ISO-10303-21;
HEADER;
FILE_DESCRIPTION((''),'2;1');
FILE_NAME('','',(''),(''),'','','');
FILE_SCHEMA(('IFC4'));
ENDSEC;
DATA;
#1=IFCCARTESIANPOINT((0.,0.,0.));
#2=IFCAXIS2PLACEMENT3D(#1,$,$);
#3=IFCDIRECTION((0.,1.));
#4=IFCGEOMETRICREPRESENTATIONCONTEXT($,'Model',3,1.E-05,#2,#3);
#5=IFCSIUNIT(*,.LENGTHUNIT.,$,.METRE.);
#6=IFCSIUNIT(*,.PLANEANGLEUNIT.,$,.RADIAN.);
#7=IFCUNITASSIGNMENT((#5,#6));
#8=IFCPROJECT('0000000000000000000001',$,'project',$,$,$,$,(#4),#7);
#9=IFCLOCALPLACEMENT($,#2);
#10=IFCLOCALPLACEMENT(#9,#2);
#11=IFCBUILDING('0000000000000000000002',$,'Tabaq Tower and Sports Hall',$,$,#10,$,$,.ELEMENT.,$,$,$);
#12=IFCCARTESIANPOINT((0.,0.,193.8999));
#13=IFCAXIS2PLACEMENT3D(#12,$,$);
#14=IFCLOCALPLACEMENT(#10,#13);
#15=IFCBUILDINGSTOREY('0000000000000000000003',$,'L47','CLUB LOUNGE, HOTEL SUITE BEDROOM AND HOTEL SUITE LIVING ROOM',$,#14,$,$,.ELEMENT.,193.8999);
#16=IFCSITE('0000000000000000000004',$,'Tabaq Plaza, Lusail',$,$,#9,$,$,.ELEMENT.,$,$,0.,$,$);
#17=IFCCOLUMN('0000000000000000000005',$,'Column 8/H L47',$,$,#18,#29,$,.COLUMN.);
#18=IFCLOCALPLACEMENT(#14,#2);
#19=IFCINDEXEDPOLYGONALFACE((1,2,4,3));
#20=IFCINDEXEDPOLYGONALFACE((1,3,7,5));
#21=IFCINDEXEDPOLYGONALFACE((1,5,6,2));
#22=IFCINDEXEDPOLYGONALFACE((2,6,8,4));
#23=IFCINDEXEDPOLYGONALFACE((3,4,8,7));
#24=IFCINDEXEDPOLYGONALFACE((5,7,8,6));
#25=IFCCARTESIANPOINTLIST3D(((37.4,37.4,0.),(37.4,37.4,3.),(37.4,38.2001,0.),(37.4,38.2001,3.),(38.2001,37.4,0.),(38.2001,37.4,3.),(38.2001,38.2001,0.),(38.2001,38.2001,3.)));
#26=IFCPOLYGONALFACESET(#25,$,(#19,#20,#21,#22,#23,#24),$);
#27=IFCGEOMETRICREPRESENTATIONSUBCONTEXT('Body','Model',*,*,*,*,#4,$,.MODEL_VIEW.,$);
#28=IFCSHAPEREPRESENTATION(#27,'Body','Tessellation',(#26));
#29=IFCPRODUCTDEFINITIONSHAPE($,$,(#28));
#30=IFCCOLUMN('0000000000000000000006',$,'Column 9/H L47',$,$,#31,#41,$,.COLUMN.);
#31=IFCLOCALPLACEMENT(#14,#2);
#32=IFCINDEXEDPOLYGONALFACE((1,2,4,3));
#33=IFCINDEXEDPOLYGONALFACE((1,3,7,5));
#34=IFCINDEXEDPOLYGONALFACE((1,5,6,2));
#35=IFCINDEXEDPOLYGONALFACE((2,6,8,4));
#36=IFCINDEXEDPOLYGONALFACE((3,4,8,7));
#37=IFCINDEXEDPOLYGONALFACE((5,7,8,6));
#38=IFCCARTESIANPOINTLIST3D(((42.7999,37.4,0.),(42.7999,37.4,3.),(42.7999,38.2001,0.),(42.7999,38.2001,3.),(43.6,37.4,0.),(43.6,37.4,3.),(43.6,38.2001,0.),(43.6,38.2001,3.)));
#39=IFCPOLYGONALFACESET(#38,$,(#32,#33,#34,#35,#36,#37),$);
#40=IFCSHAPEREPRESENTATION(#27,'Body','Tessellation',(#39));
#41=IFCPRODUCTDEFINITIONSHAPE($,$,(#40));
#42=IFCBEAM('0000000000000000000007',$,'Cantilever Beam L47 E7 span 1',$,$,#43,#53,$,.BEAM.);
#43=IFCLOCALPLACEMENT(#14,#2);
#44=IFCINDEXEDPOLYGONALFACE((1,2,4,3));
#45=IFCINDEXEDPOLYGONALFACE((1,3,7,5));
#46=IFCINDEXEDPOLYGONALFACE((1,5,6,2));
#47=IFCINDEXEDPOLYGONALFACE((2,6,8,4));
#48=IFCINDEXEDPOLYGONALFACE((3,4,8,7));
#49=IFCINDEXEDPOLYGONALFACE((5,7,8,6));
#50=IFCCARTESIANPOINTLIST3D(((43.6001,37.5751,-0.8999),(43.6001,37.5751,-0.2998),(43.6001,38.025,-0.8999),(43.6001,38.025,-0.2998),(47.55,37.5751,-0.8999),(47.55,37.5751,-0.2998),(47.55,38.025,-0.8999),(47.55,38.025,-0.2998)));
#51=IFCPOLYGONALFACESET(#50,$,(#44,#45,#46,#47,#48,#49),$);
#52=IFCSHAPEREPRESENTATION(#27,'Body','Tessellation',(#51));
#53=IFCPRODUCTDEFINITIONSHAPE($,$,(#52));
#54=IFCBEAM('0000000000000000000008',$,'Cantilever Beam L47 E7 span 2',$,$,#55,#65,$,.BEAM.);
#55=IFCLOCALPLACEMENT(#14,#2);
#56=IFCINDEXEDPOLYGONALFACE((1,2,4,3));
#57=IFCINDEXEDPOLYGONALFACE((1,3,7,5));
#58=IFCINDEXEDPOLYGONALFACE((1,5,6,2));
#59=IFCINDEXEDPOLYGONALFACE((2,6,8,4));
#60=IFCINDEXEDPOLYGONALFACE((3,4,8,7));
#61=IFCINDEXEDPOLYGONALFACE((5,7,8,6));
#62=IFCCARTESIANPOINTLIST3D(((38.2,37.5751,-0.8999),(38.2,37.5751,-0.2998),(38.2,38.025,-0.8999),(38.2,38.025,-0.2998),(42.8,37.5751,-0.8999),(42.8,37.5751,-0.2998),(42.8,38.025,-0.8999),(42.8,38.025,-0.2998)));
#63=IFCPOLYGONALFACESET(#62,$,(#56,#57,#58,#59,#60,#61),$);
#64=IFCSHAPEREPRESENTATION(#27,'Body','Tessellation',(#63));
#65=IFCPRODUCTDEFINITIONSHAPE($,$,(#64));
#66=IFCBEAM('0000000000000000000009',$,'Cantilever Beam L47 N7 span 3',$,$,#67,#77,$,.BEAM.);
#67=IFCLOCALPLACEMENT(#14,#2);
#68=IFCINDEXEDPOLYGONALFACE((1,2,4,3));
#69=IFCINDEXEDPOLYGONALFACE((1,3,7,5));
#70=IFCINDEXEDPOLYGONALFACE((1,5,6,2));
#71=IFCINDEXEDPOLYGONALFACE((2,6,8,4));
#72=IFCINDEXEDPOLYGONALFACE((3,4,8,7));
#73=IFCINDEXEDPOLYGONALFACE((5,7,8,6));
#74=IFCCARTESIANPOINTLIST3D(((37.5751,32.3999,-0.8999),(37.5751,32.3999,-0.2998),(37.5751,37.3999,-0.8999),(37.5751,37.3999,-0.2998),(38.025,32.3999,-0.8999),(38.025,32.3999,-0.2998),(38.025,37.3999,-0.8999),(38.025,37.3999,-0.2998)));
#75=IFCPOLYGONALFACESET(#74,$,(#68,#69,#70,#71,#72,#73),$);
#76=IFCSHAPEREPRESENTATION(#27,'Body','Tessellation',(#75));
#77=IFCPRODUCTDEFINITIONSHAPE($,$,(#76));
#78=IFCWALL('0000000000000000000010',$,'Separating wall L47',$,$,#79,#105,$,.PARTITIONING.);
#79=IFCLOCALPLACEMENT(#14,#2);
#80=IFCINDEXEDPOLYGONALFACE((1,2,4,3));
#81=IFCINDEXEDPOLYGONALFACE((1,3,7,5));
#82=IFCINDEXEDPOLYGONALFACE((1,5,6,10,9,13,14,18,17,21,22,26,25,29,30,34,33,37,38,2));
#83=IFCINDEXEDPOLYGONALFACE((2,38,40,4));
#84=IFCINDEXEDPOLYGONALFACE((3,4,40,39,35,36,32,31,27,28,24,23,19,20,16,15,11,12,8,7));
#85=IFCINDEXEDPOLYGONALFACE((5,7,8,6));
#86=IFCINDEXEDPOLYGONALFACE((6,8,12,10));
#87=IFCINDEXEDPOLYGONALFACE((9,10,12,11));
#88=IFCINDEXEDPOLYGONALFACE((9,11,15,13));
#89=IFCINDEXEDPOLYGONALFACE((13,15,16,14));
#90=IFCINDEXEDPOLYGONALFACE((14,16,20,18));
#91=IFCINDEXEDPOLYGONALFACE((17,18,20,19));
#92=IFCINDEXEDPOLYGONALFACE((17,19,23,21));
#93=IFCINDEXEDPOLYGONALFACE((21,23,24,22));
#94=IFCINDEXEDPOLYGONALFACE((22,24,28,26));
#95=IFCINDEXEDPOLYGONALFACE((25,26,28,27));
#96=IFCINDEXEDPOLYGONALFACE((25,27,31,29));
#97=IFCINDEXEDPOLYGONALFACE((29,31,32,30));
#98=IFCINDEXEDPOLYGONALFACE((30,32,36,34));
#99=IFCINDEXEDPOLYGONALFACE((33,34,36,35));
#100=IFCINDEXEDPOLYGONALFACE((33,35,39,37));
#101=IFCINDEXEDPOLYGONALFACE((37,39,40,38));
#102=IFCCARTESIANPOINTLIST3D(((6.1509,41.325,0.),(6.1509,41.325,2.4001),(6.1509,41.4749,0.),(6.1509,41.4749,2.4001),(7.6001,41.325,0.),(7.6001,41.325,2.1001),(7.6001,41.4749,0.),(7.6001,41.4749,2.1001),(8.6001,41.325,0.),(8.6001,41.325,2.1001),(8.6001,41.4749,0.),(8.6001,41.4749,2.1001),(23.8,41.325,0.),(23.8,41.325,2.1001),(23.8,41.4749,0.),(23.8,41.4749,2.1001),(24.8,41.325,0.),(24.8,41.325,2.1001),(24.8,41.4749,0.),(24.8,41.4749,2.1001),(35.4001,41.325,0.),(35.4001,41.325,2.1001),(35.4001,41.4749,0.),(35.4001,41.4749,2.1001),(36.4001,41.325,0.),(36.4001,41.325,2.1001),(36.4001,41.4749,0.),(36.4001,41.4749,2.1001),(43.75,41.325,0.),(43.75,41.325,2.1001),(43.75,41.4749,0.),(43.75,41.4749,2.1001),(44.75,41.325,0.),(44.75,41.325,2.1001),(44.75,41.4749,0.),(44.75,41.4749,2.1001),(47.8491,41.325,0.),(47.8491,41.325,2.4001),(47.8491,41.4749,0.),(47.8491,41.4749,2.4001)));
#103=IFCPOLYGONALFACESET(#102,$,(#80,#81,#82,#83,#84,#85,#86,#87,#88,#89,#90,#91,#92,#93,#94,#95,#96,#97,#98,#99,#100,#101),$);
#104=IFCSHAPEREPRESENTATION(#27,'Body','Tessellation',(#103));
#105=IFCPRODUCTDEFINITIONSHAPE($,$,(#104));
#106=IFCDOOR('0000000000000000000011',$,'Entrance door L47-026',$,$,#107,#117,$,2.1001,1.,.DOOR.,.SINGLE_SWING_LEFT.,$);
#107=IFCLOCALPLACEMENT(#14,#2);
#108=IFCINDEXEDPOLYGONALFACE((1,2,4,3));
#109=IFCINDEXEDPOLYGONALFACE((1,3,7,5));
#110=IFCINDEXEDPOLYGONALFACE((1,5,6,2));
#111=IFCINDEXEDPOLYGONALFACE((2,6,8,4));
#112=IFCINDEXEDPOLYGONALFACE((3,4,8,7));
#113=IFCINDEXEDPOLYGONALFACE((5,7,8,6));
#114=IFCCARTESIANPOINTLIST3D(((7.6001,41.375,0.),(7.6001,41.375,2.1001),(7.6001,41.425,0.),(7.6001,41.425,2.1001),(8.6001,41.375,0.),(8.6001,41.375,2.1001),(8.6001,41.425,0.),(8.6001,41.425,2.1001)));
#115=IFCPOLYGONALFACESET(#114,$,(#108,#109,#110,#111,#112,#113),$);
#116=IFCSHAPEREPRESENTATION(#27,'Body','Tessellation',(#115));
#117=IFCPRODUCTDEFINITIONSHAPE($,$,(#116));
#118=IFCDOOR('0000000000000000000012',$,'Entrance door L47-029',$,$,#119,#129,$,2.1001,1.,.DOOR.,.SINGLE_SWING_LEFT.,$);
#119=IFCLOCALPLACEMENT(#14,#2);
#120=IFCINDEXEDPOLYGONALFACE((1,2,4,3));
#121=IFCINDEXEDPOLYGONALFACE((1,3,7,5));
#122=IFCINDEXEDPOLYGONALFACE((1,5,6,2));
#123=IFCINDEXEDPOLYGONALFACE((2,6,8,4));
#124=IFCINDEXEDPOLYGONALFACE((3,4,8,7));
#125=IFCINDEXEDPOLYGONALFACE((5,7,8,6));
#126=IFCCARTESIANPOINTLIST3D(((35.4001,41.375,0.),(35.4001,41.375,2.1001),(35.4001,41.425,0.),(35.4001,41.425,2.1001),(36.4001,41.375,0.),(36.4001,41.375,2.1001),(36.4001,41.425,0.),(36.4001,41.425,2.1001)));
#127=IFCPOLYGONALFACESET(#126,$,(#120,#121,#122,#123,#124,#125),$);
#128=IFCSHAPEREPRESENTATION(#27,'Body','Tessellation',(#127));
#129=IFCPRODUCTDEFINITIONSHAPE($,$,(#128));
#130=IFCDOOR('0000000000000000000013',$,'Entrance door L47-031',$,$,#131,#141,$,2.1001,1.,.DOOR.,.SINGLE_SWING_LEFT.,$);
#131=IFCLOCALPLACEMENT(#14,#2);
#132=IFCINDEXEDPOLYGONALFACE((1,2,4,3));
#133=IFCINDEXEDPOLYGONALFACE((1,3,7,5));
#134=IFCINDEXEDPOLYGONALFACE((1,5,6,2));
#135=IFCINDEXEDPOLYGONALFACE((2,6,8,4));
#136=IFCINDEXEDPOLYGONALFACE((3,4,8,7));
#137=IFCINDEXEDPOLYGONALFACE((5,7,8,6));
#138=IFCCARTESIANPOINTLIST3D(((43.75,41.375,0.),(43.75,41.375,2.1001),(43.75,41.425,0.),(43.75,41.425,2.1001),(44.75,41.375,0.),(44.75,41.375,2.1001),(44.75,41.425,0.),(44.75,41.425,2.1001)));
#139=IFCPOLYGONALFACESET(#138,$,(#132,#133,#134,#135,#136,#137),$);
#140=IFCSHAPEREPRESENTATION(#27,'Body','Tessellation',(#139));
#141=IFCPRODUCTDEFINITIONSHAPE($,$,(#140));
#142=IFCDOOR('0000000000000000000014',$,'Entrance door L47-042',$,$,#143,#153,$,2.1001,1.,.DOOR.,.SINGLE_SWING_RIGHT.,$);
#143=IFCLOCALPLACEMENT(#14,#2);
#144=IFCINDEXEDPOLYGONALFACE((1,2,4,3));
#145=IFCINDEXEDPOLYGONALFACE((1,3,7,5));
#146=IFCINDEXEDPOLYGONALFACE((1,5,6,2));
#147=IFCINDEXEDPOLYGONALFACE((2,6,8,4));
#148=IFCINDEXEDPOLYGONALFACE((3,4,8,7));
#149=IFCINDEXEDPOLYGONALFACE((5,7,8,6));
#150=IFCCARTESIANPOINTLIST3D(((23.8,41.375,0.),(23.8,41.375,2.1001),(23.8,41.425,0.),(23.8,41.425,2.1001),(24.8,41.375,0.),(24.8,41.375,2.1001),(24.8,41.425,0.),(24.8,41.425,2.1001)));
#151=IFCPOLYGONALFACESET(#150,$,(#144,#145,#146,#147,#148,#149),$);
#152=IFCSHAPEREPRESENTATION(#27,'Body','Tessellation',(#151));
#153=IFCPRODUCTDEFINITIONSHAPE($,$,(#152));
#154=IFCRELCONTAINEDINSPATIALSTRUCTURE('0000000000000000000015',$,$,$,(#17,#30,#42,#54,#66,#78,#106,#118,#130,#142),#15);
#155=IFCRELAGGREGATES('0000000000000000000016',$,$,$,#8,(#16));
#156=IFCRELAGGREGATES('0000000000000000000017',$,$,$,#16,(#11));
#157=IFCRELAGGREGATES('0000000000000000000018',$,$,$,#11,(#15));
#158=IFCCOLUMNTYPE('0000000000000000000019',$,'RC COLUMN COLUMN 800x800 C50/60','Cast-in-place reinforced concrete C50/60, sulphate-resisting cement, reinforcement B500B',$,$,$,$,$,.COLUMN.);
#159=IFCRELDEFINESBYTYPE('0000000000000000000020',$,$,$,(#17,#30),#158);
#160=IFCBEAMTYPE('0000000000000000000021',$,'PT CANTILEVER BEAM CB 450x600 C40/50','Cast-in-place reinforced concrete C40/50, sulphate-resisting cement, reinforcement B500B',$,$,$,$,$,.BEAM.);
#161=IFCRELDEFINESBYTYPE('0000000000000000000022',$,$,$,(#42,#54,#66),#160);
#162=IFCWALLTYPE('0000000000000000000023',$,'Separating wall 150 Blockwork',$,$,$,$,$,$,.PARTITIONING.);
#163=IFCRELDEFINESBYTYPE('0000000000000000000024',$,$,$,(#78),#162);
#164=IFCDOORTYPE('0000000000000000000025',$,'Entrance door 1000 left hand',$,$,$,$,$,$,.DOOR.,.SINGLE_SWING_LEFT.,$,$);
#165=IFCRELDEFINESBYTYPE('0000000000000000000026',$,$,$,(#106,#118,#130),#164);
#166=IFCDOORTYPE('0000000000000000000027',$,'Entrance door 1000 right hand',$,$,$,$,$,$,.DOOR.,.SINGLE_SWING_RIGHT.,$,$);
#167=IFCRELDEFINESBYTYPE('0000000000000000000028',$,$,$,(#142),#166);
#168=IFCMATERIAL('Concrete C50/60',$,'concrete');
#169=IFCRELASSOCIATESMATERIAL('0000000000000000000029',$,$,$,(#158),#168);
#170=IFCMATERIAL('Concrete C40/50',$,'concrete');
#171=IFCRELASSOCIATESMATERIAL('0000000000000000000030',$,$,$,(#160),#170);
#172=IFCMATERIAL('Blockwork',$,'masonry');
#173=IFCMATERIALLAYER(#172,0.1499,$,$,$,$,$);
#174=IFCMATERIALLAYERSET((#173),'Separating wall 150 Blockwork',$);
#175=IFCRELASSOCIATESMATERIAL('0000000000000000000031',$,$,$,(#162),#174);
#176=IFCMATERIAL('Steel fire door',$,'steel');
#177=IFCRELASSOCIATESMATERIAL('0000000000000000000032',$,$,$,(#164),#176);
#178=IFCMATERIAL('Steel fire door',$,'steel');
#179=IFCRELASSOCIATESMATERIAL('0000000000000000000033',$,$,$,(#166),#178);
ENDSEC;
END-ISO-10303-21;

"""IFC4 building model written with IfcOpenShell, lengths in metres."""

from ifc_helpers import new_model, si_unit, direction, frame, frame_2d, origin, origin_2d, place, context, subcontext, project, spatial, rectangle, extrude, material, layer, layer_set, material_profile, profile_set, type_object, element, fill, save


model = new_model("IFC4")

# Units and contexts
model_context = context("Model", 3, precision=1e-05, world=origin(), true_north=direction((0.0, 1.0)))
body_context = subcontext(model_context, "Body", "Model", "MODEL_VIEW")
ifc_project = project(units=[si_unit("LENGTHUNIT", "METRE"), si_unit("PLANEANGLEUNIT", "RADIAN")], contexts=[model_context])

# Site, building, storey
site_placement = place(None, origin())
site = spatial("IfcSite", under=ifc_project, at=site_placement, Name="Tabaq Plaza, Lusail", CompositionType="ELEMENT", RefElevation=0.0)
building_placement = place(site_placement, origin())
building = spatial("IfcBuilding", under=site, at=building_placement, Name="Tabaq Tower and Sports Hall", CompositionType="ELEMENT")
storey_placement = place(building_placement, frame((0.0, 0.0, 193.8999)))
storey = spatial("IfcBuildingStorey", under=building, at=storey_placement, Name="L47", Description="CLUB LOUNGE, HOTEL SUITE BEDROOM AND HOTEL SUITE LIVING ROOM", CompositionType="ELEMENT", Elevation=193.8999)

# Columns
ifc_material_1 = material(Name="Concrete C50/60", Category="concrete")
ifc_material_profile_1 = material_profile(ifc_material_1, rectangle(XDim=0.8, YDim=0.8, at=origin_2d()), Name="COLUMN 800x800")
ifc_profile_set_1 = profile_set([ifc_material_profile_1], Name="Concrete C50/60")
column_type = type_object("IfcColumnType", Name="RC COLUMN COLUMN 800x800 C50/60", Description="Cast-in-place reinforced concrete C50/60, sulphate-resisting cement, reinforcement B500B", PredefinedType="COLUMN", material=ifc_profile_set_1)
for number, where, z_axis, x_axis, name in (
    (1, (37.8, 37.8, 0.0), (0.0, 0.0, 1.0), (1.0, 0.0, 0.0), "Column 8/H L47"),
    (2, (43.2, 37.8, 0.0), (0.0, 0.0, 1.0), (1.0, 0.0, 0.0), "Column 9/H L47"),
):
    element("IfcColumn", number, at=place(storey_placement, frame(where, z_axis=z_axis, x_axis=x_axis)), inside=storey, type_object=column_type, Name=name, PredefinedType="COLUMN", context=body_context, shape_type="SweptSolid", body=[
        extrude(rectangle(XDim=0.8, YDim=0.8, at=origin_2d()), origin(), (0.0, 0.0, 1.0), 3.0),
    ])

# Beams
ifc_material_2 = material(Name="Concrete C40/50", Category="concrete")
ifc_material_profile_2 = material_profile(ifc_material_2, rectangle(XDim=0.45, YDim=0.6001, at=origin_2d()), Name="CB 450x600")
ifc_profile_set_2 = profile_set([ifc_material_profile_2], Name="Concrete C40/50")
beam_type = type_object("IfcBeamType", Name="PT CANTILEVER BEAM CB 450x600 C40/50", Description="Cast-in-place reinforced concrete C40/50, sulphate-resisting cement, reinforcement B500B", PredefinedType="BEAM", material=ifc_profile_set_2)
beam_1_placement = place(storey_placement, frame((47.55, 37.8, -0.5999), z_axis=(-1.0, 0.0, 0.0), x_axis=(0.0, -1.0, 0.0)))
element("IfcBeam", 3, at=beam_1_placement, inside=storey, type_object=beam_type, Name="Cantilever Beam L47 E7 span 1", PredefinedType="BEAM", context=body_context, shape_type="SweptSolid", body=[
    extrude(rectangle(XDim=0.45, YDim=0.6001, at=origin_2d()), origin(), (0.0, 0.0, 1.0), 3.95),
])
beam_2_placement = place(storey_placement, frame((42.8, 37.8, -0.5999), z_axis=(-1.0, 0.0, 0.0), x_axis=(0.0, -1.0, 0.0)))
element("IfcBeam", 4, at=beam_2_placement, inside=storey, type_object=beam_type, Name="Cantilever Beam L47 E7 span 2", PredefinedType="BEAM", context=body_context, shape_type="SweptSolid", body=[
    extrude(rectangle(XDim=0.45, YDim=0.6001, at=origin_2d()), origin(), (0.0, 0.0, 1.0), 4.6001),
])
beam_3_placement = place(storey_placement, frame((37.8, 37.3999, -0.5999), z_axis=(0.0, -1.0, 0.0), x_axis=(1.0, 0.0, 0.0)))
element("IfcBeam", 5, at=beam_3_placement, inside=storey, type_object=beam_type, Name="Cantilever Beam L47 N7 span 3", PredefinedType="BEAM", context=body_context, shape_type="SweptSolid", body=[
    extrude(rectangle(XDim=0.45, YDim=0.6001, at=origin_2d()), origin(), (0.0, 0.0, 1.0), 5.0),
])

# Wall, openings, doors
ifc_material_3 = material(Name="Blockwork", Category="masonry")
ifc_layer_1 = layer(ifc_material_3, 0.1499)
ifc_layer_set_1 = layer_set([ifc_layer_1], Name="Separating wall 150 Blockwork")
wall_type = type_object("IfcWallType", Name="Separating wall 150 Blockwork", PredefinedType="PARTITIONING", material=ifc_layer_set_1)
wall_1_placement = place(storey_placement, frame((47.8491, 41.3999, 0.0), z_axis=(0.0, 0.0, 1.0), x_axis=(-1.0, 0.0, 0.0)))
wall_1 = element("IfcWall", 6, at=wall_1_placement, inside=storey, type_object=wall_type, Name="Separating wall L47", PredefinedType="PARTITIONING", context=body_context, shape_type="SweptSolid", body=[
    extrude(rectangle(XDim=41.6982, YDim=0.1499, at=frame_2d((20.8491, 0.0))), origin(), (0.0, 0.0, 1.0), 2.4001),
])
opening_1_placement = place(wall_1_placement, frame((39.249, 0.0, 0.0)))
opening_1 = element("IfcOpeningElement", 7, at=opening_1_placement, cuts=wall_1, PredefinedType="OPENING", context=body_context, shape_type="SweptSolid", body=[
    extrude(rectangle(XDim=1.0, YDim=2.1001, at=frame_2d((0.5, 1.05))), frame((0.0, 0.075, 0.0), z_axis=(0.0, -1.0, 0.0), x_axis=(1.0, 0.0, 0.0)), (0.0, 0.0, 1.0), 0.1499),
])
opening_2_placement = place(wall_1_placement, frame((11.449, 0.0, 0.0)))
opening_2 = element("IfcOpeningElement", 8, at=opening_2_placement, cuts=wall_1, PredefinedType="OPENING", context=body_context, shape_type="SweptSolid", body=[
    extrude(rectangle(XDim=1.0, YDim=2.1001, at=frame_2d((0.5, 1.05))), frame((0.0, 0.075, 0.0), z_axis=(0.0, -1.0, 0.0), x_axis=(1.0, 0.0, 0.0)), (0.0, 0.0, 1.0), 0.1499),
])
opening_3_placement = place(wall_1_placement, frame((3.0991, 0.0, 0.0)))
opening_3 = element("IfcOpeningElement", 9, at=opening_3_placement, cuts=wall_1, PredefinedType="OPENING", context=body_context, shape_type="SweptSolid", body=[
    extrude(rectangle(XDim=1.0, YDim=2.1001, at=frame_2d((0.5, 1.05))), frame((0.0, 0.075, 0.0), z_axis=(0.0, -1.0, 0.0), x_axis=(1.0, 0.0, 0.0)), (0.0, 0.0, 1.0), 0.1499),
])
opening_4_placement = place(wall_1_placement, frame((23.0491, 0.0, 0.0)))
opening_4 = element("IfcOpeningElement", 10, at=opening_4_placement, cuts=wall_1, PredefinedType="OPENING", context=body_context, shape_type="SweptSolid", body=[
    extrude(rectangle(XDim=1.0, YDim=2.1001, at=frame_2d((0.5, 1.05))), frame((0.0, 0.075, 0.0), z_axis=(0.0, -1.0, 0.0), x_axis=(1.0, 0.0, 0.0)), (0.0, 0.0, 1.0), 0.1499),
])
ifc_material_4 = material(Name="Steel fire door", Category="steel")
door_type_1 = type_object("IfcDoorType", Name="Entrance door 1000 left hand", OperationType="SINGLE_SWING_LEFT", PredefinedType="DOOR", material=ifc_material_4)
door_1_placement = place(opening_1_placement, origin())
door_1 = element("IfcDoor", 11, at=door_1_placement, inside=storey, type_object=door_type_1, Name="Entrance door L47-026", OperationType="SINGLE_SWING_LEFT", OverallHeight=2.1001, OverallWidth=1.0, PredefinedType="DOOR", context=body_context, shape_type="SweptSolid", body=[
    extrude(rectangle(XDim=1.0, YDim=2.1001, at=frame_2d((0.5, 1.05))), frame((0.0, 0.0249, 0.0), z_axis=(0.0, -1.0, 0.0), x_axis=(1.0, 0.0, 0.0)), (0.0, 0.0, 1.0), 0.05),
])
fill(opening_1, door_1)
door_2_placement = place(opening_2_placement, origin())
door_2 = element("IfcDoor", 12, at=door_2_placement, inside=storey, type_object=door_type_1, Name="Entrance door L47-029", OperationType="SINGLE_SWING_LEFT", OverallHeight=2.1001, OverallWidth=1.0, PredefinedType="DOOR", context=body_context, shape_type="SweptSolid", body=[
    extrude(rectangle(XDim=1.0, YDim=2.1001, at=frame_2d((0.5, 1.05))), frame((0.0, 0.0249, 0.0), z_axis=(0.0, -1.0, 0.0), x_axis=(1.0, 0.0, 0.0)), (0.0, 0.0, 1.0), 0.05),
])
fill(opening_2, door_2)
door_3_placement = place(opening_3_placement, origin())
door_3 = element("IfcDoor", 13, at=door_3_placement, inside=storey, type_object=door_type_1, Name="Entrance door L47-031", OperationType="SINGLE_SWING_LEFT", OverallHeight=2.1001, OverallWidth=1.0, PredefinedType="DOOR", context=body_context, shape_type="SweptSolid", body=[
    extrude(rectangle(XDim=1.0, YDim=2.1001, at=frame_2d((0.5, 1.05))), frame((0.0, 0.0249, 0.0), z_axis=(0.0, -1.0, 0.0), x_axis=(1.0, 0.0, 0.0)), (0.0, 0.0, 1.0), 0.05),
])
fill(opening_3, door_3)
ifc_material_5 = material(Name="Steel fire door", Category="steel")
door_type_2 = type_object("IfcDoorType", Name="Entrance door 1000 right hand", OperationType="SINGLE_SWING_RIGHT", PredefinedType="DOOR", material=ifc_material_5)
door_4_placement = place(opening_4_placement, origin())
door_4 = element("IfcDoor", 14, at=door_4_placement, inside=storey, type_object=door_type_2, Name="Entrance door L47-042", OperationType="SINGLE_SWING_RIGHT", OverallHeight=2.1001, OverallWidth=1.0, PredefinedType="DOOR", context=body_context, shape_type="SweptSolid", body=[
    extrude(rectangle(XDim=1.0, YDim=2.1001, at=frame_2d((0.5, 1.05))), frame((0.0, 0.0249, 0.0), z_axis=(0.0, -1.0, 0.0), x_axis=(1.0, 0.0, 0.0)), (0.0, 0.0, 1.0), 0.05),
])
fill(opening_4, door_4)

save(model, "model.ifc")
